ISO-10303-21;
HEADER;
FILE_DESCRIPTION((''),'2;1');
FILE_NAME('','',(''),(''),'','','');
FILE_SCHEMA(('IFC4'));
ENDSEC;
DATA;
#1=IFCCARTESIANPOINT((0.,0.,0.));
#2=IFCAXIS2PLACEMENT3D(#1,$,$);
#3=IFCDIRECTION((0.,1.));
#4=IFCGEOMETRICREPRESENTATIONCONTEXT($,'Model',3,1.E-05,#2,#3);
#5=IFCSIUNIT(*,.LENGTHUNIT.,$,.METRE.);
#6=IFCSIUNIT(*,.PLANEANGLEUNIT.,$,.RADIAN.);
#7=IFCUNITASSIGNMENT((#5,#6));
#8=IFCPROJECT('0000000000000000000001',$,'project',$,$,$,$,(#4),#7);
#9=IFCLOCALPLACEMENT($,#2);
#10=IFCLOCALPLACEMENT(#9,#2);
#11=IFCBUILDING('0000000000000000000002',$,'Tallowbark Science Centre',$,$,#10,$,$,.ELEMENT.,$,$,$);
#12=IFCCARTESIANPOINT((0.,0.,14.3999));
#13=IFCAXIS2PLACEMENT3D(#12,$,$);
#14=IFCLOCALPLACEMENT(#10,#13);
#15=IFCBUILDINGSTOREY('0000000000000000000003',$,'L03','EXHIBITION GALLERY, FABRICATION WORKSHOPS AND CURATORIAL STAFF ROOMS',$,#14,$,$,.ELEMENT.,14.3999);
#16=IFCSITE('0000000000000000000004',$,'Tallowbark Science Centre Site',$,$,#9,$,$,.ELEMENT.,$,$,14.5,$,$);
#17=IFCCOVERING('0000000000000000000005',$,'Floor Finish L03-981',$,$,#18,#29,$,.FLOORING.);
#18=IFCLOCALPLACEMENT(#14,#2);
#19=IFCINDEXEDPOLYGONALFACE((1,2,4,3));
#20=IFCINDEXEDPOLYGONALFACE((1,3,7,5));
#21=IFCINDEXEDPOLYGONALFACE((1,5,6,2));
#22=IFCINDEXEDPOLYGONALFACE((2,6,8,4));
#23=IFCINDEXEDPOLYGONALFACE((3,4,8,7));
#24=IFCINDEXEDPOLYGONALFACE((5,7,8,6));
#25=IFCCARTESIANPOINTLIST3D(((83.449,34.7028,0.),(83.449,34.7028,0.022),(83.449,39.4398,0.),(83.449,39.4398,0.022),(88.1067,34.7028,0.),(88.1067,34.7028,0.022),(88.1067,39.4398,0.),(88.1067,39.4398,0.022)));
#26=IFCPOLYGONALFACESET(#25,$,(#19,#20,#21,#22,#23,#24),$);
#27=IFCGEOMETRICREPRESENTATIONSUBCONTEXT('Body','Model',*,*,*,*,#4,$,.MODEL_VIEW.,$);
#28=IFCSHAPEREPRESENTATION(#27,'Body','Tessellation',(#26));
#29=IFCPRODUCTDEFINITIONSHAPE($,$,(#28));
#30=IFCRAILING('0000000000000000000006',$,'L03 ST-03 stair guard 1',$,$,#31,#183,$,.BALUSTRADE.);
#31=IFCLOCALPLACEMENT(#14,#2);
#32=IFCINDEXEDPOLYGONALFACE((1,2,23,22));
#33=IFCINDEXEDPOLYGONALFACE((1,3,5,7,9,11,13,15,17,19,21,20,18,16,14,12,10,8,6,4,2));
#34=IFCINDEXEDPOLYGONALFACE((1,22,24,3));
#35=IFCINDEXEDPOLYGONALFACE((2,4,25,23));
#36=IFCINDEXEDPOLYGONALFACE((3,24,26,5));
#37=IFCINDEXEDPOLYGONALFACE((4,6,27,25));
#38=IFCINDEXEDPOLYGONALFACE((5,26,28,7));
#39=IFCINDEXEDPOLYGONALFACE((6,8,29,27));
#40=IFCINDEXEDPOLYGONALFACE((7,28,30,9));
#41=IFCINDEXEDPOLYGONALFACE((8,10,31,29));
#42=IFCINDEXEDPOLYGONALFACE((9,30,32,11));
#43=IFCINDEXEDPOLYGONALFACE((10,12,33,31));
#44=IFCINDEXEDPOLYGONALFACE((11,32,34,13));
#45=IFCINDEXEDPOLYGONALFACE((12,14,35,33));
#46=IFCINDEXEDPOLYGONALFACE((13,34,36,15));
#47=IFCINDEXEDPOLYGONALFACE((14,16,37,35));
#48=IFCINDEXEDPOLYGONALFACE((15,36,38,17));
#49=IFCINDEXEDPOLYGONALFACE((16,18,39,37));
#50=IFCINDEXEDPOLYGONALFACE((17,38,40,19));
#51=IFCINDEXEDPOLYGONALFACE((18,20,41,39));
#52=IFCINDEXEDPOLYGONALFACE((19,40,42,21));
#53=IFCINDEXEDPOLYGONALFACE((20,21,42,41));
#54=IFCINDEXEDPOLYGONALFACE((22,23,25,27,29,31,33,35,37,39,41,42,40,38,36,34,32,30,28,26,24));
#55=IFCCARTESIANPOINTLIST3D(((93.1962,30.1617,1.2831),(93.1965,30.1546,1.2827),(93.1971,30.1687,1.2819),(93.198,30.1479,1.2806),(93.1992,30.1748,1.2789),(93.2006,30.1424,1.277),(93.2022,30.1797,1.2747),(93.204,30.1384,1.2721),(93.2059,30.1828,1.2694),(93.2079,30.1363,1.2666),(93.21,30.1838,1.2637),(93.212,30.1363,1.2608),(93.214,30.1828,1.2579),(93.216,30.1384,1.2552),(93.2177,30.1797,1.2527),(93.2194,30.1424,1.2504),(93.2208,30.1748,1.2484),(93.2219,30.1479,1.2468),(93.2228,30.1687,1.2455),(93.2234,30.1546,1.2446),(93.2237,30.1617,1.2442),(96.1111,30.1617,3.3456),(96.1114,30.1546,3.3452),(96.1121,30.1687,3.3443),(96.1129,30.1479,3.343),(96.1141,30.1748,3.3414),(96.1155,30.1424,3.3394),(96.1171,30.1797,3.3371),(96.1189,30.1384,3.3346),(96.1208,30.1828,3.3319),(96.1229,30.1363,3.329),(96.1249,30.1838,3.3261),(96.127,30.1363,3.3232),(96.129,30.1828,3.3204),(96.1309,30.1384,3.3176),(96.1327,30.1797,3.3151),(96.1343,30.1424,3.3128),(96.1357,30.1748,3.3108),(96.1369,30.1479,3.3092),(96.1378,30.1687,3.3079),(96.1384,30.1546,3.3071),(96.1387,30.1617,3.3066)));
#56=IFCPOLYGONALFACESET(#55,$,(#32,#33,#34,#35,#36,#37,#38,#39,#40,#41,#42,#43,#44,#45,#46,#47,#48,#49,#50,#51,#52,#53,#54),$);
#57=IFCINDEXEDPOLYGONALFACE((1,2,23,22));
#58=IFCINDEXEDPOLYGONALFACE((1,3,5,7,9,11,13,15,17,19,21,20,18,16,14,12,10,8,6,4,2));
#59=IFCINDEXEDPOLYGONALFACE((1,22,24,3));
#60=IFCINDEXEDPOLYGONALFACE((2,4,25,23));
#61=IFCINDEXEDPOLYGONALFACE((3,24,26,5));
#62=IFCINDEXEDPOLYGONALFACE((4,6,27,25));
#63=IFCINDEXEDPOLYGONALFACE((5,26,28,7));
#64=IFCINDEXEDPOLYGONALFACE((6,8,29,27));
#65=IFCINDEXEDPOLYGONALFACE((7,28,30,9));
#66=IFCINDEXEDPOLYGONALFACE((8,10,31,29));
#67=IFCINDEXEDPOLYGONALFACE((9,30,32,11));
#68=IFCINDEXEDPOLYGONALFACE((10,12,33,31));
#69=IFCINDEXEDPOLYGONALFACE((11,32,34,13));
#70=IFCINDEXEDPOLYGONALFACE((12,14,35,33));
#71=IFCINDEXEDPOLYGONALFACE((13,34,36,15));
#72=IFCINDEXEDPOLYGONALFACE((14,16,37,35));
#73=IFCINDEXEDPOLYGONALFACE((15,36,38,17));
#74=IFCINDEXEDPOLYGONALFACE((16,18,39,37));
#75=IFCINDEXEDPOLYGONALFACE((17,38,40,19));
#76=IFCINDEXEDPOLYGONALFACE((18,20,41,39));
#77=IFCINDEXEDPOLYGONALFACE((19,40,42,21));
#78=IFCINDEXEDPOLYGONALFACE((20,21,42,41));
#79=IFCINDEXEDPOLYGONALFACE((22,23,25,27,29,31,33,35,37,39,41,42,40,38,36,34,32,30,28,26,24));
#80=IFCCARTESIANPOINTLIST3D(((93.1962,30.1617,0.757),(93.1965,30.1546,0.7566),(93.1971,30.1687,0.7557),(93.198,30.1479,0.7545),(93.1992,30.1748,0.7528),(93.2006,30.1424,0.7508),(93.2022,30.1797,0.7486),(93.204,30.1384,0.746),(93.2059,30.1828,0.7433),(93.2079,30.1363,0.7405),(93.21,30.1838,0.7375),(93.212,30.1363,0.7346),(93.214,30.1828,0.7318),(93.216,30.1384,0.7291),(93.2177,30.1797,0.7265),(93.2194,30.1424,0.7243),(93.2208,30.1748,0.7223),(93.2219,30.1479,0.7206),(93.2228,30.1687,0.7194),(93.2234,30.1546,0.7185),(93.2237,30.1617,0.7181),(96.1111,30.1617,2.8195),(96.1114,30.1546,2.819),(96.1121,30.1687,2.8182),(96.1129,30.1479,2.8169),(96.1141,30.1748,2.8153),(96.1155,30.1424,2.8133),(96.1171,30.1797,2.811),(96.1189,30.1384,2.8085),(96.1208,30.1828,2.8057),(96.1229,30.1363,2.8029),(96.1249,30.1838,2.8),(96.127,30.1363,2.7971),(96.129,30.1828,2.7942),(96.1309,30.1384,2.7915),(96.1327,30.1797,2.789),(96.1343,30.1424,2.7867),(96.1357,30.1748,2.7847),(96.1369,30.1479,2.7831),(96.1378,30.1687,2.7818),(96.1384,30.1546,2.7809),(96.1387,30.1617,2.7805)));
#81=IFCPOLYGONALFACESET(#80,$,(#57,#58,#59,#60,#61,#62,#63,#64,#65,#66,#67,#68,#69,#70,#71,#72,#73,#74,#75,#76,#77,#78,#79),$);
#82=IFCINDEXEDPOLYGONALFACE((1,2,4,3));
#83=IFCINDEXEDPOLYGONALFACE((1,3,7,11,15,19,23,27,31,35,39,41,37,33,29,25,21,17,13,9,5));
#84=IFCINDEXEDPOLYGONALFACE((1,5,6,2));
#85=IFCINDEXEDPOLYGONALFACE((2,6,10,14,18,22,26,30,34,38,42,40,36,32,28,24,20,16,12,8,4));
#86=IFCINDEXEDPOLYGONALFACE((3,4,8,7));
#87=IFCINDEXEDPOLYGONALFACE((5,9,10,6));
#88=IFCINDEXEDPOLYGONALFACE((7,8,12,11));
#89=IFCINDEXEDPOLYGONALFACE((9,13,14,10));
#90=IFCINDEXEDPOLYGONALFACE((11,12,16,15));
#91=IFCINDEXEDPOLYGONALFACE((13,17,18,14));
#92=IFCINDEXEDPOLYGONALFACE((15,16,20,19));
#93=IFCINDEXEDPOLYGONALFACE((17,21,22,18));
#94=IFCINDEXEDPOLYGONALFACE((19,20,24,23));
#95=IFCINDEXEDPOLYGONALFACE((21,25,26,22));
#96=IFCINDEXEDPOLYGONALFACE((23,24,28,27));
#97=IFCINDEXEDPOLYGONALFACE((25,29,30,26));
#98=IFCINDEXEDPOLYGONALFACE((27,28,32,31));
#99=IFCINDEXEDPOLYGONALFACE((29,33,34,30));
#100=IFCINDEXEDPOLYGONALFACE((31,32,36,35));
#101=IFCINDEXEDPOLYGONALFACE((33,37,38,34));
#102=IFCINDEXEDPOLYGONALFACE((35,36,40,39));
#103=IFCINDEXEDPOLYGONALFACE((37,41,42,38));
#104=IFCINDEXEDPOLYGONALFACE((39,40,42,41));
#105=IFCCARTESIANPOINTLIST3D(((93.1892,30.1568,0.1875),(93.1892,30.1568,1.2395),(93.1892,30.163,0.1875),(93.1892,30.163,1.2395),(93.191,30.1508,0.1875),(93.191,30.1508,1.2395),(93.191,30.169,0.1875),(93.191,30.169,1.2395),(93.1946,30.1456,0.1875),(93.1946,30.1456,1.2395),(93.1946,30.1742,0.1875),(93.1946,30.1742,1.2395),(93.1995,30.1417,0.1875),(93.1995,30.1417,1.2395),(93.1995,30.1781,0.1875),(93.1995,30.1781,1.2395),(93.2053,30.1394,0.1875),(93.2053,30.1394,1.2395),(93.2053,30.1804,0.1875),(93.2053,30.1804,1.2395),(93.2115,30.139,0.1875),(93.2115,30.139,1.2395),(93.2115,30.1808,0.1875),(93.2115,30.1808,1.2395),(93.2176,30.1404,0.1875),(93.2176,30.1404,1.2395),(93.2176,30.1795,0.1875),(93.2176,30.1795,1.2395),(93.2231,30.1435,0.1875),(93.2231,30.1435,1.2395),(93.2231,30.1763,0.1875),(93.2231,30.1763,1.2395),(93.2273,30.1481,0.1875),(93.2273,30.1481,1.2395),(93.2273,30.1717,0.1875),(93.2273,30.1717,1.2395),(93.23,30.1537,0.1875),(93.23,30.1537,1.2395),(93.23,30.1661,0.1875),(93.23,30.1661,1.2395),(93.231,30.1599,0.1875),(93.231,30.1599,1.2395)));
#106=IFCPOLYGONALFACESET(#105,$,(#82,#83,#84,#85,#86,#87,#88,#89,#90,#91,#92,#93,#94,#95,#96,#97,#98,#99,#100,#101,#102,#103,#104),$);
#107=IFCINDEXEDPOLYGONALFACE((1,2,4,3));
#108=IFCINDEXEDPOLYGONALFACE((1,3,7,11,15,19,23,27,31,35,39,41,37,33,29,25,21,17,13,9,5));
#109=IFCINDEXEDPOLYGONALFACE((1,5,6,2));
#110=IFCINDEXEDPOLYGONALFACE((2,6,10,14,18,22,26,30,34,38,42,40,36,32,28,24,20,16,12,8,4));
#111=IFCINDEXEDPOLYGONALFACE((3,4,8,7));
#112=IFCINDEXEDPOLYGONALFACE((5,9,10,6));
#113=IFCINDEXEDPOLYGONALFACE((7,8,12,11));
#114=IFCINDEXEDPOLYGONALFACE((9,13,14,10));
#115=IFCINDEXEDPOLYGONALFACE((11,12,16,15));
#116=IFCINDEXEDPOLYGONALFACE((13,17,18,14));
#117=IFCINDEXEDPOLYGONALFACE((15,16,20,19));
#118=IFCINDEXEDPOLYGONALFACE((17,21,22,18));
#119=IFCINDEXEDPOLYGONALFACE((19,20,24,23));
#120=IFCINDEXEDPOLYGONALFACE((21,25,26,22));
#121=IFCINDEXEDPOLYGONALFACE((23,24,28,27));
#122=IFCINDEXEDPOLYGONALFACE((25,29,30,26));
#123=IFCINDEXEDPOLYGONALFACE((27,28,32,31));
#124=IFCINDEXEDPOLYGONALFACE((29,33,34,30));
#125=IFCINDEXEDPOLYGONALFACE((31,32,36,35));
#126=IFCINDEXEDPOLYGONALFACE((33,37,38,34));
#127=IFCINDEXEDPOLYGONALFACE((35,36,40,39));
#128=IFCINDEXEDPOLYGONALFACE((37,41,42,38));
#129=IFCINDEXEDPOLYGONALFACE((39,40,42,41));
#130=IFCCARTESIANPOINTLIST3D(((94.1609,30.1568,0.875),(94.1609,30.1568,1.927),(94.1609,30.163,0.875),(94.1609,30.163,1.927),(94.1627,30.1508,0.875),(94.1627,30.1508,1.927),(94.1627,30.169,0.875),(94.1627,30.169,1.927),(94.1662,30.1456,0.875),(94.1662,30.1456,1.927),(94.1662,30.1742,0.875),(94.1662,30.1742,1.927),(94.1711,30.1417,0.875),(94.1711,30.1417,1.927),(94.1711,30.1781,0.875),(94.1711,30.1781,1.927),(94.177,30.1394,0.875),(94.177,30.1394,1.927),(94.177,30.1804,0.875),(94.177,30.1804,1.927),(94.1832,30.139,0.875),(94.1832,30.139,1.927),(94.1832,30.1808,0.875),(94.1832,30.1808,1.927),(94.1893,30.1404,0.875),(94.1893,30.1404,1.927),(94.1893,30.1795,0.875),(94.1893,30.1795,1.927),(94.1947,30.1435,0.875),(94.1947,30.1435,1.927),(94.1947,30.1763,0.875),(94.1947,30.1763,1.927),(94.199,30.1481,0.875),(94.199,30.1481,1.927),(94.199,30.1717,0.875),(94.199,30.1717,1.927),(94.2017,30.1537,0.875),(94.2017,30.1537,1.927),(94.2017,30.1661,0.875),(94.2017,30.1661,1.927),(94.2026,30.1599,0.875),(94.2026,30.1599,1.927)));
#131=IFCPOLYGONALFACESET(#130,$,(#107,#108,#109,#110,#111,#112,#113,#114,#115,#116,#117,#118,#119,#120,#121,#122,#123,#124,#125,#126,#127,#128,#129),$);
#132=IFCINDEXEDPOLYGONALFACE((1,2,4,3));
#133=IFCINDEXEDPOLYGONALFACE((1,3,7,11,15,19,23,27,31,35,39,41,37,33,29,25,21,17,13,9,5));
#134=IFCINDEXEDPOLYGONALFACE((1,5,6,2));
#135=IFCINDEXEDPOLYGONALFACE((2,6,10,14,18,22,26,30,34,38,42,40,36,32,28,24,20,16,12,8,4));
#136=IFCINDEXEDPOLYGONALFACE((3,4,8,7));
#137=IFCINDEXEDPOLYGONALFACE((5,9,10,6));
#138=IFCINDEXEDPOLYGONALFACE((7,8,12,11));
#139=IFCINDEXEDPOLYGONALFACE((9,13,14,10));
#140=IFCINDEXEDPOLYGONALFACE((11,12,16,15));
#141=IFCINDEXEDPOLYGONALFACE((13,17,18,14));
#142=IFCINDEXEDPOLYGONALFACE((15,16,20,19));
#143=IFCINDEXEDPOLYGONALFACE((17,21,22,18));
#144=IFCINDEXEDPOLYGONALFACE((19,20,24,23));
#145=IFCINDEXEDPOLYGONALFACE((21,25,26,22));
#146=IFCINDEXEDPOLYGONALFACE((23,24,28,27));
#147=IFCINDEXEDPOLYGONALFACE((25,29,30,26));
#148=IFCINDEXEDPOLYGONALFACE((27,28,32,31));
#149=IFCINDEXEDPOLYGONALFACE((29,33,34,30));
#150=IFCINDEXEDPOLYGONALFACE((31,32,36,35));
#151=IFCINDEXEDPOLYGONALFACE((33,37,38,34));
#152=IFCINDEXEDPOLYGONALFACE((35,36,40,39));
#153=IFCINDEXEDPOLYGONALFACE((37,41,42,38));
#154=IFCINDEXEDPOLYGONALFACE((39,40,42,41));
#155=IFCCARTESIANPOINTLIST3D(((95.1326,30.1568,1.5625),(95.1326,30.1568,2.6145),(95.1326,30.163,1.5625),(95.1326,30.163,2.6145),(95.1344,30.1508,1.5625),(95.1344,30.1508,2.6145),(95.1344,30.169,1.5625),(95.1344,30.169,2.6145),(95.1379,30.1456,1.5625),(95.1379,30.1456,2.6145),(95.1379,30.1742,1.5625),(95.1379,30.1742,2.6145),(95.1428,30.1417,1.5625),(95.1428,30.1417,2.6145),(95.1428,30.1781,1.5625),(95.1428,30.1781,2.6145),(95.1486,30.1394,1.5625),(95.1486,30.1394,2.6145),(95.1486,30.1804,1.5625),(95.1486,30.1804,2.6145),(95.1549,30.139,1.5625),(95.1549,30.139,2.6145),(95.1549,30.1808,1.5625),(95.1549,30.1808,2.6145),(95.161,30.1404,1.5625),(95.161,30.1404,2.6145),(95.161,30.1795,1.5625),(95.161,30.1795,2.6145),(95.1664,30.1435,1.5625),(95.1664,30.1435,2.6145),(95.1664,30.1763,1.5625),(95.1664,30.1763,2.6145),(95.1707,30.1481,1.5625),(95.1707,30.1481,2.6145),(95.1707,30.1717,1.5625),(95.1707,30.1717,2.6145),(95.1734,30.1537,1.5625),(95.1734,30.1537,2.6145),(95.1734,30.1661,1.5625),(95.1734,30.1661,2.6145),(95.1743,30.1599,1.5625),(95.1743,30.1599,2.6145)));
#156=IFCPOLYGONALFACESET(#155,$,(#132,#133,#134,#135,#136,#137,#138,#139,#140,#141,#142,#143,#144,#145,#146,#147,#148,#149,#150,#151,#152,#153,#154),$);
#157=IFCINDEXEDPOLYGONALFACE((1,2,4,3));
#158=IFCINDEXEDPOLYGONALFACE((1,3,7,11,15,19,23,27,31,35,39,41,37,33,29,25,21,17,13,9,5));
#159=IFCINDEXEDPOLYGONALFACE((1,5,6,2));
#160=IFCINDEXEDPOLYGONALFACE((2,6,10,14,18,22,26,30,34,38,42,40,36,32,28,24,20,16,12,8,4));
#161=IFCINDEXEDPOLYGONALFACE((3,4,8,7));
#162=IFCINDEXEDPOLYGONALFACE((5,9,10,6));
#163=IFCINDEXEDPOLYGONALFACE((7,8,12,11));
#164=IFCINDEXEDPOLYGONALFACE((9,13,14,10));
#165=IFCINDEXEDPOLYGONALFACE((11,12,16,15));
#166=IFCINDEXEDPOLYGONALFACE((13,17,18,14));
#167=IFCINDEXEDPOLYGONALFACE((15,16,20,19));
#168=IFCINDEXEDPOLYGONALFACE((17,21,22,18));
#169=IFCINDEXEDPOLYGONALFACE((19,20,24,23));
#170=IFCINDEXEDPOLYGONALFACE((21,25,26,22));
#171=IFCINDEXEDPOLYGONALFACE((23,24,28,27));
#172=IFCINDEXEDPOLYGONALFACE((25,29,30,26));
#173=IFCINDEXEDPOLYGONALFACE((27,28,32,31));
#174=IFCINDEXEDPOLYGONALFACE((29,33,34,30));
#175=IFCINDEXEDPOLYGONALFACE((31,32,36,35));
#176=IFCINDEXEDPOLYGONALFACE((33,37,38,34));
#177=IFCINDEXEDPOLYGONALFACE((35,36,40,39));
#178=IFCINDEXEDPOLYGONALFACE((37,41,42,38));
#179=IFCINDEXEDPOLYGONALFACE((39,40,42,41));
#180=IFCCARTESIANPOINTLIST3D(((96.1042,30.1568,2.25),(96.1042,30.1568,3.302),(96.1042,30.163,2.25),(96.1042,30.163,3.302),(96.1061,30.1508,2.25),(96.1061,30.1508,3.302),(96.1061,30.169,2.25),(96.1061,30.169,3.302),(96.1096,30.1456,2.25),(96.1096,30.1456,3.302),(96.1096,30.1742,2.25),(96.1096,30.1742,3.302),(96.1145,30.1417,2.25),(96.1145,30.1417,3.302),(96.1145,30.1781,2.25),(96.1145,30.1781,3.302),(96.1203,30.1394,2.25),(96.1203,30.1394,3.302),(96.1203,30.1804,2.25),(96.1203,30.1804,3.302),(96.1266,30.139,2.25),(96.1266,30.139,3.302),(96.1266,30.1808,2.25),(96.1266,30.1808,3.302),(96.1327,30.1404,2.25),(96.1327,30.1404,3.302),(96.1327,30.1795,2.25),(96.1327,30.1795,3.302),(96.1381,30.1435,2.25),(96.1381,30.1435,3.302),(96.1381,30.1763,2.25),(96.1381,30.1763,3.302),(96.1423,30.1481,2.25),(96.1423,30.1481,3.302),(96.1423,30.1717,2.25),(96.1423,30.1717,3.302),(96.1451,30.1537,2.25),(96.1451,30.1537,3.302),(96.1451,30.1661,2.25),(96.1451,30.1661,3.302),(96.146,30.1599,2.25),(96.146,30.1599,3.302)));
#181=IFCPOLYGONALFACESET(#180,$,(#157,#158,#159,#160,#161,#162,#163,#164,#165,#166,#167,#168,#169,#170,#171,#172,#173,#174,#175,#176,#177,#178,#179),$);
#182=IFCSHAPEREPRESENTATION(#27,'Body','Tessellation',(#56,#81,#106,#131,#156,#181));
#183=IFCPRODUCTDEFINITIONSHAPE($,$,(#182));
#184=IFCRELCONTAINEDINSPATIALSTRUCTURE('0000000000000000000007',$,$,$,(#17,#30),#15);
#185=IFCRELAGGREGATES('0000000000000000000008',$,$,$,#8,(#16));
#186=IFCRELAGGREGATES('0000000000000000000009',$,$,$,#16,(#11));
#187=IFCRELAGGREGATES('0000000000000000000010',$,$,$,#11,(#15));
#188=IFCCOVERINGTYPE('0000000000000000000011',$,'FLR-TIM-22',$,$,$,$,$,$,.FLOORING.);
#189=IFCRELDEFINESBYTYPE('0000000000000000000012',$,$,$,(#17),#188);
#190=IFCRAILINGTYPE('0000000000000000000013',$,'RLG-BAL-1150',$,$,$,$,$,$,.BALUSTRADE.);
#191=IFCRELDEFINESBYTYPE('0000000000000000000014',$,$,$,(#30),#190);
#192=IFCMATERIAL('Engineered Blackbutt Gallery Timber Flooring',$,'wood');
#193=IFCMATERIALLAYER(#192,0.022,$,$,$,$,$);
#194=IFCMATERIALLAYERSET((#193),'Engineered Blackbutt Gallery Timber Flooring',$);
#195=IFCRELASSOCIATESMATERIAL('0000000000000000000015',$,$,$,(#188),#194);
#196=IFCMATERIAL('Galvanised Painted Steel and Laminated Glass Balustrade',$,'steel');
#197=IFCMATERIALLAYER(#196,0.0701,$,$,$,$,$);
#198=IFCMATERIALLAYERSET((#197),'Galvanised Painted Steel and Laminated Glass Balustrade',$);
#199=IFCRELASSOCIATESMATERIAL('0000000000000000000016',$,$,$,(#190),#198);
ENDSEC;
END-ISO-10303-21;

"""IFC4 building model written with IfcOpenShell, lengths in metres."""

from ifc_helpers import new_model, si_unit, direction, frame, origin, origin_2d, place, context, subcontext, project, spatial, rectangle, circle, extrude, material, layer, layer_set, type_object, element, save


model = new_model("IFC4")

# Units and contexts
model_context = context("Model", 3, precision=1e-05, world=origin(), true_north=direction((0.0, 1.0)))
body_context = subcontext(model_context, "Body", "Model", "MODEL_VIEW")
ifc_project = project(units=[si_unit("LENGTHUNIT", "METRE"), si_unit("PLANEANGLEUNIT", "RADIAN")], contexts=[model_context])

# Site, building, storey
site_placement = place(None, origin())
site = spatial("IfcSite", under=ifc_project, at=site_placement, Name="Tallowbark Science Centre Site", CompositionType="ELEMENT", RefElevation=14.5)
building_placement = place(site_placement, origin())
building = spatial("IfcBuilding", under=site, at=building_placement, Name="Tallowbark Science Centre", CompositionType="ELEMENT")
storey_placement = place(building_placement, frame((0.0, 0.0, 14.3999)))
storey = spatial("IfcBuildingStorey", under=building, at=storey_placement, Name="L03", Description="EXHIBITION GALLERY, FABRICATION WORKSHOPS AND CURATORIAL STAFF ROOMS", CompositionType="ELEMENT", Elevation=14.3999)

# Covering
ifc_material_1 = material(Name="Engineered Blackbutt Gallery Timber Flooring", Category="wood")
ifc_layer_1 = layer(ifc_material_1, 0.022)
ifc_layer_set_1 = layer_set([ifc_layer_1], Name="Engineered Blackbutt Gallery Timber Flooring")
covering_type_1 = type_object("IfcCoveringType", Name="FLR-TIM-22", PredefinedType="FLOORING", material=ifc_layer_set_1)
for number, where, z_axis, x_axis, name in (
    (1, (85.7778, 37.0713, 0.0), (0.0, 0.0, 1.0), (1.0, 0.0, 0.0), "Floor Finish L03-981"),
):
    element("IfcCovering", number, at=place(storey_placement, frame(where, z_axis=z_axis, x_axis=x_axis)), inside=storey, type_object=covering_type_1, Name=name, PredefinedType="FLOORING", context=body_context, shape_type="SweptSolid", body=[
        extrude(rectangle(XDim=4.6577, YDim=4.7371, at=origin_2d()), origin(), (0.0, 0.0, 1.0), 0.022),
    ])

# Railing
ifc_material_2 = material(Name="Galvanised Painted Steel and Laminated Glass Balustrade", Category="steel")
ifc_layer_2 = layer(ifc_material_2, 0.0701)
ifc_layer_set_2 = layer_set([ifc_layer_2], Name="Galvanised Painted Steel and Laminated Glass Balustrade")
railing_type = type_object("IfcRailingType", Name="RLG-BAL-1150", PredefinedType="BALUSTRADE", material=ifc_layer_set_2)
railing_1_placement = place(storey_placement, frame((93.21, 30.1599, 0.1875)))
element("IfcRailing", 2, at=railing_1_placement, inside=storey, type_object=railing_type, Name="L03 ST-03 stair guard 1", PredefinedType="BALUSTRADE", context=body_context, shape_type="SweptSolid", body=[
    extrude(circle(Radius=0.0239, at=origin_2d()), frame((0.0, 0.0, 1.0762), z_axis=(0.816331, 0.0, 0.577585), x_axis=(0.0, 1.0, 0.0)), (0.0, 0.0, 1.0), 3.5708),
    extrude(circle(Radius=0.0239, at=origin_2d()), frame((0.0, 0.0, 0.55), z_axis=(0.816331, 0.0, 0.577585), x_axis=(0.0, 1.0, 0.0)), (0.0, 0.0, 1.0), 3.5708),
    extrude(circle(Radius=0.021, at=origin_2d()), origin(), (0.0, 0.0, 1.0), 1.052),
    extrude(circle(Radius=0.021, at=origin_2d()), frame((0.9717, 0.0, 0.6875)), (0.0, 0.0, 1.0), 1.052),
    extrude(circle(Radius=0.021, at=origin_2d()), frame((1.9434, 0.0, 1.375)), (0.0, 0.0, 1.0), 1.052),
    extrude(circle(Radius=0.021, at=origin_2d()), frame((2.915, 0.0, 2.0625)), (0.0, 0.0, 1.0), 1.052),
])

save(model, "model.ifc")
